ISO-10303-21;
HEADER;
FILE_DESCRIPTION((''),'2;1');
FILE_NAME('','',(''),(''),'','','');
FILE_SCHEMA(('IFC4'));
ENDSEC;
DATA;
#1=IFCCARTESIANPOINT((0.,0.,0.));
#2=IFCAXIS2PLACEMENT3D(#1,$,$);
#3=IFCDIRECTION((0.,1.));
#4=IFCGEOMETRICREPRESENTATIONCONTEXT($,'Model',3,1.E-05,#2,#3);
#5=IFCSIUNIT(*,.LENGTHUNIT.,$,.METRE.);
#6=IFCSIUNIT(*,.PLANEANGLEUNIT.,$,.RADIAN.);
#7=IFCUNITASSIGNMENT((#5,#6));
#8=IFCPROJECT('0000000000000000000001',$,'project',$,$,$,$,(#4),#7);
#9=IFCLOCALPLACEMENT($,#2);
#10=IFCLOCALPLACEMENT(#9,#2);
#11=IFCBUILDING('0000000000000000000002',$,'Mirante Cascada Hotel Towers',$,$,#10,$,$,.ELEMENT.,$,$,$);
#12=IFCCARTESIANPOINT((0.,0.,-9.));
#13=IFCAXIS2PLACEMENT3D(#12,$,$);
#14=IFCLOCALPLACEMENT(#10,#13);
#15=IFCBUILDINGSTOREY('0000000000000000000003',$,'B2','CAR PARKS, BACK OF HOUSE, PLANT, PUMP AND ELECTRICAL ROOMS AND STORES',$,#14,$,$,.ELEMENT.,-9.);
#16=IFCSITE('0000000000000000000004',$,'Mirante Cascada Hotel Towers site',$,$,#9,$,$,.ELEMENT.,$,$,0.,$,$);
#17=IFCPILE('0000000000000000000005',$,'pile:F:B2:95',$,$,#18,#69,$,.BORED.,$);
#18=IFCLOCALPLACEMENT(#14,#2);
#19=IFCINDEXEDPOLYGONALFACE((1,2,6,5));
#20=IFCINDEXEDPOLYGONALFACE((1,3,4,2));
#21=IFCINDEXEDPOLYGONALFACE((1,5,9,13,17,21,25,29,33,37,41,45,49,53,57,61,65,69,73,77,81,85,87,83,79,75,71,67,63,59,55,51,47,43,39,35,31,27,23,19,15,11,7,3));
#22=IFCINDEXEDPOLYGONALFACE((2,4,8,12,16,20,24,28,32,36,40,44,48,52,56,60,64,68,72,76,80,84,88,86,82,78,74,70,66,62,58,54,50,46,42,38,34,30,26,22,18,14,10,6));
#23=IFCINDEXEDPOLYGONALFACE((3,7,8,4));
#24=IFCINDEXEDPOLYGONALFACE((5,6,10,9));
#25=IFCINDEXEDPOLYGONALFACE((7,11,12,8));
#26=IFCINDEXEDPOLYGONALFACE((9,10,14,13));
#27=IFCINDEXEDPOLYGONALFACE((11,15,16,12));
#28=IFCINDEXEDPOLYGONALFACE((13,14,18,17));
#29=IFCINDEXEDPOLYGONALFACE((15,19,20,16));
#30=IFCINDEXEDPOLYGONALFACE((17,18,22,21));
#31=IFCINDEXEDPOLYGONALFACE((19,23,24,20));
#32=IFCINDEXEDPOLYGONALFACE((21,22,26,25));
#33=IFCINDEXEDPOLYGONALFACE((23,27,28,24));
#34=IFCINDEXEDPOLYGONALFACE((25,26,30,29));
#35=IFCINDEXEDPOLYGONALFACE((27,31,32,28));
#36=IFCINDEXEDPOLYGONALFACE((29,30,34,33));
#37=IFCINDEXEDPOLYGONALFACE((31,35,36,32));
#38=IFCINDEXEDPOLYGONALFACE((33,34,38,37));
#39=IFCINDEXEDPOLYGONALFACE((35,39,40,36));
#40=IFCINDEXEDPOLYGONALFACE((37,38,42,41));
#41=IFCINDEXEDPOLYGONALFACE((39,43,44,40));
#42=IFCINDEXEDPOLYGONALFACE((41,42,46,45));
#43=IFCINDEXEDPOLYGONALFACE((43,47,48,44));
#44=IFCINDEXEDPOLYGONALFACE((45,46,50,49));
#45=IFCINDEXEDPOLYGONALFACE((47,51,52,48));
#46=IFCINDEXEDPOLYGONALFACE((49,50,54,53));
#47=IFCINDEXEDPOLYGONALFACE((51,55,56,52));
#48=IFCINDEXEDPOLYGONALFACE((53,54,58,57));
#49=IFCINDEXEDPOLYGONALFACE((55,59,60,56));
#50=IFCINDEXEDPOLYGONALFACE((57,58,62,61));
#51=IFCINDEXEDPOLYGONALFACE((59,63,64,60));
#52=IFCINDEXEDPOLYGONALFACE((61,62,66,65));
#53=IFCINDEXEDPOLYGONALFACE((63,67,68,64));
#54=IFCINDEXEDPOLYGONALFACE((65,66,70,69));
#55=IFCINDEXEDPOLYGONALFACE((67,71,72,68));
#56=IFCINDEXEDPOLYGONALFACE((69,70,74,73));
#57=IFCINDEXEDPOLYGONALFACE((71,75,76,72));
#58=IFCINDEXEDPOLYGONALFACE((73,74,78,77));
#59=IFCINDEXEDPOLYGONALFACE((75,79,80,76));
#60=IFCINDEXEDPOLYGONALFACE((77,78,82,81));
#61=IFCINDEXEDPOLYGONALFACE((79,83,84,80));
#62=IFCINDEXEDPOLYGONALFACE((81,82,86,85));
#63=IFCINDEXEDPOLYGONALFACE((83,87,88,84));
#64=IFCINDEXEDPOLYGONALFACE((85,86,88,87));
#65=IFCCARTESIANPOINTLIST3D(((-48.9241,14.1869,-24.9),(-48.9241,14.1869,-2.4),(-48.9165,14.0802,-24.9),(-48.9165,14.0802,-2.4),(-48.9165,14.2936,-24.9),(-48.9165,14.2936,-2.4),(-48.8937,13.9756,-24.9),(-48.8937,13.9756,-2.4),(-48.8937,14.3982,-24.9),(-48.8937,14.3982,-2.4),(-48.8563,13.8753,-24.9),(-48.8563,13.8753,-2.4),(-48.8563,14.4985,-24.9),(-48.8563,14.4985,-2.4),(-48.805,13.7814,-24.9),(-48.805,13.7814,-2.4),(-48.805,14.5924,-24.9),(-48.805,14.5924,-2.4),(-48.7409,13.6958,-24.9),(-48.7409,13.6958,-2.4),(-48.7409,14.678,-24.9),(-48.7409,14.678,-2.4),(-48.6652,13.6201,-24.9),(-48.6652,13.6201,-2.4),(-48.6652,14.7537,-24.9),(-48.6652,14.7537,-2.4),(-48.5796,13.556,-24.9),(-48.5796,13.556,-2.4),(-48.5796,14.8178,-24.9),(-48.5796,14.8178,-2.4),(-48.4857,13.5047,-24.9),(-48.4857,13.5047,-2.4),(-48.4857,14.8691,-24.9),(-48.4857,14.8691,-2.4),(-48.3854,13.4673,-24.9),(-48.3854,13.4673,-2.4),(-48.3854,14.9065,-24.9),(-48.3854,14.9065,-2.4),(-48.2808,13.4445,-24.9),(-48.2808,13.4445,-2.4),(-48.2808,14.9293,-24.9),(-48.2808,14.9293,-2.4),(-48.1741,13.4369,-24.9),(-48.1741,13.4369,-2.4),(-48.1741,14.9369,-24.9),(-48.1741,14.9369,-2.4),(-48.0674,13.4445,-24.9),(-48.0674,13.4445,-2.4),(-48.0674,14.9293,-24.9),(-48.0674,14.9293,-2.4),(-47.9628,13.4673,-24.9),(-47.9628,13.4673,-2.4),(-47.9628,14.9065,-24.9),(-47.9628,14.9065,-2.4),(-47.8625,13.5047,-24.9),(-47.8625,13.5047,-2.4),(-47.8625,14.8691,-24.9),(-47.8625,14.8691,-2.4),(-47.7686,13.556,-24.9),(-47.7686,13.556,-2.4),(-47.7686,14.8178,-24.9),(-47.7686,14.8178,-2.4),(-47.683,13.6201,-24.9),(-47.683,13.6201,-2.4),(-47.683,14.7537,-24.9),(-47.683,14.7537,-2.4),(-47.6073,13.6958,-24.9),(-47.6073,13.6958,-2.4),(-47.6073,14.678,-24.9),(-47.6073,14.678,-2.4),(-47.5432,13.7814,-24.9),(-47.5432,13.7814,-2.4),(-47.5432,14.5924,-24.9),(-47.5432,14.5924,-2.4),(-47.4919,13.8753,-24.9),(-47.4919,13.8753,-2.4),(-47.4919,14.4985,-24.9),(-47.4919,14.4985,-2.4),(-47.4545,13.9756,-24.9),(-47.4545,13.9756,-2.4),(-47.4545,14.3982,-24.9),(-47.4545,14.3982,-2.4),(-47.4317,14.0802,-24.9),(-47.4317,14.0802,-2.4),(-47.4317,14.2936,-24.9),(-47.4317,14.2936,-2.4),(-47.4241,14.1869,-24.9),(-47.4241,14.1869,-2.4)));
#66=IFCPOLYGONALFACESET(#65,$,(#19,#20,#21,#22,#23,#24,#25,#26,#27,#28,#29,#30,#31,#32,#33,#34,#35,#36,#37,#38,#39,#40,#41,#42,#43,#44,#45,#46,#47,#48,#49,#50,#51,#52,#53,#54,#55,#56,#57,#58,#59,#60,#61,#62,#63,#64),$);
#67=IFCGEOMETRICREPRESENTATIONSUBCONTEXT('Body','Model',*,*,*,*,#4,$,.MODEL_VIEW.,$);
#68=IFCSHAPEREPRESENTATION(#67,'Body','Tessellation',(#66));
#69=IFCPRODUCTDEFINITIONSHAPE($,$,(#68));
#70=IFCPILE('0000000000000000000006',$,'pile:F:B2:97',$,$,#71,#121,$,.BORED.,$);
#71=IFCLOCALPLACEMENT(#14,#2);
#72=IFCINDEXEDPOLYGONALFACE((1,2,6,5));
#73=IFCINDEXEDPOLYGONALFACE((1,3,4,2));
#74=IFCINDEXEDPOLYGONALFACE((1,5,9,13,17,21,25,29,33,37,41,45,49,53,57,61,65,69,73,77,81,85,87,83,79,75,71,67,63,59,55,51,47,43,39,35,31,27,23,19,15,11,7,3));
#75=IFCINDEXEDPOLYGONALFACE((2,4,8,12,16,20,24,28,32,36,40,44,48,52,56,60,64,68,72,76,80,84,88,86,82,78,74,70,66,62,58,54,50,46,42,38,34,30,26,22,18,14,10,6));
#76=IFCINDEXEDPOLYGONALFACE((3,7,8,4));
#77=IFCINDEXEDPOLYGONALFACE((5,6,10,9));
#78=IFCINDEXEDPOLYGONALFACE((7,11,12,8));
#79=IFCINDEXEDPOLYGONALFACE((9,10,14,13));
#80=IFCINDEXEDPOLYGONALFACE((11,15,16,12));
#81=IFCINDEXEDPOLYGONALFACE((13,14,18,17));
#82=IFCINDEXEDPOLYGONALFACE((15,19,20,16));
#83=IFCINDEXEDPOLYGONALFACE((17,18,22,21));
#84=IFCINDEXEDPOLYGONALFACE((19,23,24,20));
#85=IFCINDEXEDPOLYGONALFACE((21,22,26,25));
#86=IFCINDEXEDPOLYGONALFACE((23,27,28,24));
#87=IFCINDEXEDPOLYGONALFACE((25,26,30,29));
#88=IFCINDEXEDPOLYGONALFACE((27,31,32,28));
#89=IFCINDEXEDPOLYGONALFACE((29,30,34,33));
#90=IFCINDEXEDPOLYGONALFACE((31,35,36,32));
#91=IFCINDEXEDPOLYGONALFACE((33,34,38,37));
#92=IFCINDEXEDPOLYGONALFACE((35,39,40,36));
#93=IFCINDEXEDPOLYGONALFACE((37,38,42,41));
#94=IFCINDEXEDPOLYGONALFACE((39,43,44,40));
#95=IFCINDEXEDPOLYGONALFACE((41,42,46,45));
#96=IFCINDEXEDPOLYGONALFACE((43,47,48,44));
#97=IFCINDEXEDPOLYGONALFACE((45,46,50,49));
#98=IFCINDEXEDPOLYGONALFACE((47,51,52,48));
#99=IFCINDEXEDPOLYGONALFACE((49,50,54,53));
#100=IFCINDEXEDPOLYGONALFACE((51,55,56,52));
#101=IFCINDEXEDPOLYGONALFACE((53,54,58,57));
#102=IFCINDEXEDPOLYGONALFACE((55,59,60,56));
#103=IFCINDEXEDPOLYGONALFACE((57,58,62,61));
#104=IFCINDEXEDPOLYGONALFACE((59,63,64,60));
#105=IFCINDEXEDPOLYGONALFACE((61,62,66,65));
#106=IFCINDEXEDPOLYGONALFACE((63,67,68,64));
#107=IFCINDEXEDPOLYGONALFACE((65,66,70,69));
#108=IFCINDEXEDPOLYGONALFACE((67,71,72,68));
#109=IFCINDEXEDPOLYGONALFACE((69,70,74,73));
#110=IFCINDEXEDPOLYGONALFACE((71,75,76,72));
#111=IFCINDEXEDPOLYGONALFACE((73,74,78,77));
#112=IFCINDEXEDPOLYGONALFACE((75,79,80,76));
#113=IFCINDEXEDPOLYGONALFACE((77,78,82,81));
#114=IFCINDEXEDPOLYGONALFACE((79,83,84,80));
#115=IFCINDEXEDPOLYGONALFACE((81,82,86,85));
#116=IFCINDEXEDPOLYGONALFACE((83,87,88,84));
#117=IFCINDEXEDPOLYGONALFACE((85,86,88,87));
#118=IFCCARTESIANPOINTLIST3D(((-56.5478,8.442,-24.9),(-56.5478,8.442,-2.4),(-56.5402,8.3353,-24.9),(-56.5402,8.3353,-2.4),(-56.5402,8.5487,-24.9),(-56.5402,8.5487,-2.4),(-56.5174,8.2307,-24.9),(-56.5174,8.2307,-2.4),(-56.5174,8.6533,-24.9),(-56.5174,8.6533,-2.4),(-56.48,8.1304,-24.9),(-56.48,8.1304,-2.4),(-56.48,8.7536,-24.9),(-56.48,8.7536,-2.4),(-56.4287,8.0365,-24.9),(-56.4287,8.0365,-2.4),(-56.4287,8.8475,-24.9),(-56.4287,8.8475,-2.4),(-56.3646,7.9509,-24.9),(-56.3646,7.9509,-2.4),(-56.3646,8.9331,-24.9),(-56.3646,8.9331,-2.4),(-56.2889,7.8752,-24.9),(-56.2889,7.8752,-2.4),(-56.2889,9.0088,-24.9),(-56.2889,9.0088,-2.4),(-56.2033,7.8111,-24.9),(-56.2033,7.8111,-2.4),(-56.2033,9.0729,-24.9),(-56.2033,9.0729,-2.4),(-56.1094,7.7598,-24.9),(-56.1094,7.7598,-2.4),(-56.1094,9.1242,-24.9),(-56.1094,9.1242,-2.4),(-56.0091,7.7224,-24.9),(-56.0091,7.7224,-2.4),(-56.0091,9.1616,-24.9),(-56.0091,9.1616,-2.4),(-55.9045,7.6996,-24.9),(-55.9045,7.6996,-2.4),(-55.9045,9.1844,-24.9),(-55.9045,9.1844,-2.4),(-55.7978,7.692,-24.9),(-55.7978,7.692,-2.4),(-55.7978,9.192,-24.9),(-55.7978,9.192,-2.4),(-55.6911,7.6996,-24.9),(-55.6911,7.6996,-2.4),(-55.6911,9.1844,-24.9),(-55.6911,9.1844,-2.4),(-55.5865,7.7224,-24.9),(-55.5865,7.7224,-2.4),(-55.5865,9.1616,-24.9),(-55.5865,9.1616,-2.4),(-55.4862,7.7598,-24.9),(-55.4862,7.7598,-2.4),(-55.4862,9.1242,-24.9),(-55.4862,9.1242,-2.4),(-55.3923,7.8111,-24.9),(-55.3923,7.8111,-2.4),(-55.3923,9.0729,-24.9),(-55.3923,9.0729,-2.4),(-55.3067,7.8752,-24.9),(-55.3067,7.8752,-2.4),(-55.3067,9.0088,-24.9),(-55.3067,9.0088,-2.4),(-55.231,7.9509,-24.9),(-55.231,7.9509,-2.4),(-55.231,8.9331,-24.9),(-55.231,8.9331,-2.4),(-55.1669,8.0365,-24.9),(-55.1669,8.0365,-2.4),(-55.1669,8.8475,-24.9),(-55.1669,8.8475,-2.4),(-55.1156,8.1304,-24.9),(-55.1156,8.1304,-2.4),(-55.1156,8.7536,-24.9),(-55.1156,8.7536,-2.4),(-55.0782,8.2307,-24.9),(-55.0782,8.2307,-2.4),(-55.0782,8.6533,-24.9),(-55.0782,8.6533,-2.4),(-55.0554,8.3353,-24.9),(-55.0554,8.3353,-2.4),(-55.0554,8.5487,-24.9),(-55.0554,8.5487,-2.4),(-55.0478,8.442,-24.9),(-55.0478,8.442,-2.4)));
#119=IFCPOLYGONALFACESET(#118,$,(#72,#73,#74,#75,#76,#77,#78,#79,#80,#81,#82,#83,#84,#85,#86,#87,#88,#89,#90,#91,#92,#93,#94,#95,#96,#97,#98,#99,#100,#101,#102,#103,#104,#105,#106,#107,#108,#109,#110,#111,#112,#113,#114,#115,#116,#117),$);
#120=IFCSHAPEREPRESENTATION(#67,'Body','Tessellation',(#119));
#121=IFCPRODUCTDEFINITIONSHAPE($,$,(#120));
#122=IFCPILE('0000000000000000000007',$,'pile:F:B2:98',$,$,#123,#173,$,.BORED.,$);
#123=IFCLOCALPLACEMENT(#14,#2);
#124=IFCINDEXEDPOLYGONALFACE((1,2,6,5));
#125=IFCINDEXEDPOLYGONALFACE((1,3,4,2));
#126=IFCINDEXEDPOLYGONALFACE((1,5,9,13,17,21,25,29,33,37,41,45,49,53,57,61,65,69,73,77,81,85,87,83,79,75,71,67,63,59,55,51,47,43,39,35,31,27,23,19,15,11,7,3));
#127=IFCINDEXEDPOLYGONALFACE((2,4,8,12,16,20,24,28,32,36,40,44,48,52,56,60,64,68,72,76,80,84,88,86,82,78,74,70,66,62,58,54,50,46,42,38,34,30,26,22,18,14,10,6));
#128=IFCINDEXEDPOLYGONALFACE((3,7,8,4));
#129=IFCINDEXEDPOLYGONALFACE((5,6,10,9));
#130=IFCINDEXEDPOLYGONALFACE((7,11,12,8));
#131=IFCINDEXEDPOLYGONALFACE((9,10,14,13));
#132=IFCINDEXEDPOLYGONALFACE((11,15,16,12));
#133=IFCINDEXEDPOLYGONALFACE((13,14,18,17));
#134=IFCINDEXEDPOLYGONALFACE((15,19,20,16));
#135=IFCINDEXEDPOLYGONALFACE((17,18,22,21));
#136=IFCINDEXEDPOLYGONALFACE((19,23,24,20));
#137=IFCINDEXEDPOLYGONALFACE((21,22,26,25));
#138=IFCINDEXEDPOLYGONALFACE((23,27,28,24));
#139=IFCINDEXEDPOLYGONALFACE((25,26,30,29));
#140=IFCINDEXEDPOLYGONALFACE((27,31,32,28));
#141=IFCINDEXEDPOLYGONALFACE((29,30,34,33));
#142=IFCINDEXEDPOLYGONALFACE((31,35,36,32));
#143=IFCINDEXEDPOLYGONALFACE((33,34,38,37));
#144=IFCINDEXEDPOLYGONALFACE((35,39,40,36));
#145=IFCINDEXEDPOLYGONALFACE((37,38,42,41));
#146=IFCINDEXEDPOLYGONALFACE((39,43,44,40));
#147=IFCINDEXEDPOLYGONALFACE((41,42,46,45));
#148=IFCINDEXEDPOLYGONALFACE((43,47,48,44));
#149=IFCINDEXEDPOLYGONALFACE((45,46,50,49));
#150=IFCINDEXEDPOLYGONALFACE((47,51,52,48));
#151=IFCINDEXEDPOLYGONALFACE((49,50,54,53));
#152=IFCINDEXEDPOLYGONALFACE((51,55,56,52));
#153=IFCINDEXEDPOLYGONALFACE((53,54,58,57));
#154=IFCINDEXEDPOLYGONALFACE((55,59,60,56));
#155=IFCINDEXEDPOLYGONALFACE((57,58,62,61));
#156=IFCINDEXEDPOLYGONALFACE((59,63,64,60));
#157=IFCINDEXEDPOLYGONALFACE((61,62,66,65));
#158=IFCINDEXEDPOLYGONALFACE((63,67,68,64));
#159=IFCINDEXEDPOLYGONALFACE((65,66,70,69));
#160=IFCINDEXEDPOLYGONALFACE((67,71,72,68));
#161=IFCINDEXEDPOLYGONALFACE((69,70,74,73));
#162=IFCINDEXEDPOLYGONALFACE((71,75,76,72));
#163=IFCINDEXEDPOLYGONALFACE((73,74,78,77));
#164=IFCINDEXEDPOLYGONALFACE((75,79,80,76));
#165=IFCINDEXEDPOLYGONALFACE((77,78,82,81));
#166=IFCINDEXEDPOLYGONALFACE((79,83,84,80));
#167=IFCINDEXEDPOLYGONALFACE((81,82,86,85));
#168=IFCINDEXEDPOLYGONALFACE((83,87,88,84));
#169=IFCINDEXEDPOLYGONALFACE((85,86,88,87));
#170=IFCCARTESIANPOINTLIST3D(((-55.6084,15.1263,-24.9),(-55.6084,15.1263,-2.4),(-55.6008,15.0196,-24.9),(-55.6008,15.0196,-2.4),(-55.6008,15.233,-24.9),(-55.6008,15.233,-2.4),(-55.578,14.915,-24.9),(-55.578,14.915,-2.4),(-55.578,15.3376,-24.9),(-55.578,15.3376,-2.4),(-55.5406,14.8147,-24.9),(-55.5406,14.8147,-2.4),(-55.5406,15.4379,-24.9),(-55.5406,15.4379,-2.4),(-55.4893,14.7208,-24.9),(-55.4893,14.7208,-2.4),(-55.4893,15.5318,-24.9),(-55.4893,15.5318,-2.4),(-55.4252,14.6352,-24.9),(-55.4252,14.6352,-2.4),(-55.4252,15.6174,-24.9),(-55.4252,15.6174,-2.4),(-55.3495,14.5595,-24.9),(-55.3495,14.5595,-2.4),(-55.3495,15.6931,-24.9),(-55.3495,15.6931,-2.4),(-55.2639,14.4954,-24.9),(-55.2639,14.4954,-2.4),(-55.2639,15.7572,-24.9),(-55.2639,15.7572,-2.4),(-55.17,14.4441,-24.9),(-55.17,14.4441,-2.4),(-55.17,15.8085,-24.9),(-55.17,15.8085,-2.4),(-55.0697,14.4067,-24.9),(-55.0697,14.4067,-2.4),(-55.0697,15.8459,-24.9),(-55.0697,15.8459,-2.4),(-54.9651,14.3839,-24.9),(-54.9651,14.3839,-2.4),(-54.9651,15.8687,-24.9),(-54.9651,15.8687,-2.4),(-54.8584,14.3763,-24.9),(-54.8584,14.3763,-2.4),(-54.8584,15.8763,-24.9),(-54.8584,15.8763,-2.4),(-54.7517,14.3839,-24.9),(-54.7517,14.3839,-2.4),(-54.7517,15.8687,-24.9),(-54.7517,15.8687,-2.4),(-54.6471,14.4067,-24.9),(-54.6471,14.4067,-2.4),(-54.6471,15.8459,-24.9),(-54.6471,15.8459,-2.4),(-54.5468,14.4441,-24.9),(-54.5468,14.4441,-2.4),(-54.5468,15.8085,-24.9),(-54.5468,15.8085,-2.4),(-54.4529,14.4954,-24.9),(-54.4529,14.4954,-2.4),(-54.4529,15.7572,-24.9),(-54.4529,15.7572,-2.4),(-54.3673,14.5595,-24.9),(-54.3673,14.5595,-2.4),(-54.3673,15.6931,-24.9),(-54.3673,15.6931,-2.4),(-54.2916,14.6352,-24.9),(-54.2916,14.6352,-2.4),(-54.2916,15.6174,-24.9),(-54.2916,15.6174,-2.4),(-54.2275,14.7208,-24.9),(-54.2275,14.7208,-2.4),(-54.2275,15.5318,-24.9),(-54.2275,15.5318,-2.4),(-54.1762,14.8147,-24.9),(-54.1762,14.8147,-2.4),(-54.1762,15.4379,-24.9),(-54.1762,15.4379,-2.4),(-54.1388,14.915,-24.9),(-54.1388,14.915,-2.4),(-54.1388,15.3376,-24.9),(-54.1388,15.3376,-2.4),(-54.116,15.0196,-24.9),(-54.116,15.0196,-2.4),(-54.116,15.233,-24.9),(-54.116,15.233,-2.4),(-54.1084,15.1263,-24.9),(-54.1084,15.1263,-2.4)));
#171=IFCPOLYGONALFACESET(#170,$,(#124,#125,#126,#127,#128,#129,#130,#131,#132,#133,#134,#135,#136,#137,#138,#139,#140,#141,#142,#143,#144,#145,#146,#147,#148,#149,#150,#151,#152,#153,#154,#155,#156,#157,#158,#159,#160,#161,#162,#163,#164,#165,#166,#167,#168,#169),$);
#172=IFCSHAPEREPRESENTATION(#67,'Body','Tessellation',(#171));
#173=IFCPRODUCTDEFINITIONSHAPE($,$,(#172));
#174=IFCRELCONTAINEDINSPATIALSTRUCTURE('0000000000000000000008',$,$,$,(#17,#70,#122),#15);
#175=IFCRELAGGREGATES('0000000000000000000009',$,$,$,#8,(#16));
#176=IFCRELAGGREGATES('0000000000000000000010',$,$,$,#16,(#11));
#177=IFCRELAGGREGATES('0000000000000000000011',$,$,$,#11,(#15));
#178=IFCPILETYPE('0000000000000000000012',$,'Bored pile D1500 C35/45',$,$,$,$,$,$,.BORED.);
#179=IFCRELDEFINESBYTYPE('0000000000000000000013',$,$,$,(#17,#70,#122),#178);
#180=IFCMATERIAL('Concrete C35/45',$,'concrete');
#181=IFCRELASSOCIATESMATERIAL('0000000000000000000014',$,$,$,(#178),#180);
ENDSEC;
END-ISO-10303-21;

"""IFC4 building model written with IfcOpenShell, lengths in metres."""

from ifc_helpers import new_model, si_unit, direction, frame, origin, origin_2d, place, context, subcontext, project, spatial, circle, extrude, material, material_profile, profile_set, type_object, element, save


model = new_model("IFC4")

# Units and contexts
model_context = context("Model", 3, precision=1e-05, world=origin(), true_north=direction((0.0, 1.0)))
body_context = subcontext(model_context, "Body", "Model", "MODEL_VIEW")
ifc_project = project(units=[si_unit("LENGTHUNIT", "METRE"), si_unit("PLANEANGLEUNIT", "RADIAN")], contexts=[model_context])

# Site, building, storey
site_placement = place(None, origin())
site = spatial("IfcSite", under=ifc_project, at=site_placement, Name="Mirante Cascada Hotel Towers site", CompositionType="ELEMENT", RefElevation=0.0)
building_placement = place(site_placement, origin())
building = spatial("IfcBuilding", under=site, at=building_placement, Name="Mirante Cascada Hotel Towers", CompositionType="ELEMENT")
storey_placement = place(building_placement, frame((0.0, 0.0, -9.0)))
storey = spatial("IfcBuildingStorey", under=building, at=storey_placement, Name="B2", Description="CAR PARKS, BACK OF HOUSE, PLANT, PUMP AND ELECTRICAL ROOMS AND STORES", CompositionType="ELEMENT", Elevation=-9.0)

# Piles
ifc_material_1 = material(Name="Concrete C35/45", Category="concrete")
ifc_material_profile_1 = material_profile(ifc_material_1, circle(Radius=0.75, at=origin_2d()), Name="RC D1500")
ifc_profile_set_1 = profile_set([ifc_material_profile_1], Name="Concrete C35/45")
pile_type = type_object("IfcPileType", Name="Bored pile D1500 C35/45", PredefinedType="BORED", material=ifc_profile_set_1)
for number, where, z_axis, x_axis, name in (
    (1, (-48.1741, 14.1869, -2.4), (0.0, 0.0, -1.0), (1.0, 0.0, 0.0), "pile:F:B2:95"),
    (2, (-55.7978, 8.442, -2.4), (0.0, 0.0, -1.0), (1.0, 0.0, 0.0), "pile:F:B2:97"),
    (3, (-54.8584, 15.1263, -2.4), (0.0, 0.0, -1.0), (1.0, 0.0, 0.0), "pile:F:B2:98"),
):
    element("IfcPile", number, at=place(storey_placement, frame(where, z_axis=z_axis, x_axis=x_axis)), inside=storey, type_object=pile_type, Name=name, PredefinedType="BORED", context=body_context, shape_type="SweptSolid", body=[
        extrude(circle(Radius=0.75, at=origin_2d()), origin(), (0.0, 0.0, 1.0), 22.5),
    ])

save(model, "model.ifc")
